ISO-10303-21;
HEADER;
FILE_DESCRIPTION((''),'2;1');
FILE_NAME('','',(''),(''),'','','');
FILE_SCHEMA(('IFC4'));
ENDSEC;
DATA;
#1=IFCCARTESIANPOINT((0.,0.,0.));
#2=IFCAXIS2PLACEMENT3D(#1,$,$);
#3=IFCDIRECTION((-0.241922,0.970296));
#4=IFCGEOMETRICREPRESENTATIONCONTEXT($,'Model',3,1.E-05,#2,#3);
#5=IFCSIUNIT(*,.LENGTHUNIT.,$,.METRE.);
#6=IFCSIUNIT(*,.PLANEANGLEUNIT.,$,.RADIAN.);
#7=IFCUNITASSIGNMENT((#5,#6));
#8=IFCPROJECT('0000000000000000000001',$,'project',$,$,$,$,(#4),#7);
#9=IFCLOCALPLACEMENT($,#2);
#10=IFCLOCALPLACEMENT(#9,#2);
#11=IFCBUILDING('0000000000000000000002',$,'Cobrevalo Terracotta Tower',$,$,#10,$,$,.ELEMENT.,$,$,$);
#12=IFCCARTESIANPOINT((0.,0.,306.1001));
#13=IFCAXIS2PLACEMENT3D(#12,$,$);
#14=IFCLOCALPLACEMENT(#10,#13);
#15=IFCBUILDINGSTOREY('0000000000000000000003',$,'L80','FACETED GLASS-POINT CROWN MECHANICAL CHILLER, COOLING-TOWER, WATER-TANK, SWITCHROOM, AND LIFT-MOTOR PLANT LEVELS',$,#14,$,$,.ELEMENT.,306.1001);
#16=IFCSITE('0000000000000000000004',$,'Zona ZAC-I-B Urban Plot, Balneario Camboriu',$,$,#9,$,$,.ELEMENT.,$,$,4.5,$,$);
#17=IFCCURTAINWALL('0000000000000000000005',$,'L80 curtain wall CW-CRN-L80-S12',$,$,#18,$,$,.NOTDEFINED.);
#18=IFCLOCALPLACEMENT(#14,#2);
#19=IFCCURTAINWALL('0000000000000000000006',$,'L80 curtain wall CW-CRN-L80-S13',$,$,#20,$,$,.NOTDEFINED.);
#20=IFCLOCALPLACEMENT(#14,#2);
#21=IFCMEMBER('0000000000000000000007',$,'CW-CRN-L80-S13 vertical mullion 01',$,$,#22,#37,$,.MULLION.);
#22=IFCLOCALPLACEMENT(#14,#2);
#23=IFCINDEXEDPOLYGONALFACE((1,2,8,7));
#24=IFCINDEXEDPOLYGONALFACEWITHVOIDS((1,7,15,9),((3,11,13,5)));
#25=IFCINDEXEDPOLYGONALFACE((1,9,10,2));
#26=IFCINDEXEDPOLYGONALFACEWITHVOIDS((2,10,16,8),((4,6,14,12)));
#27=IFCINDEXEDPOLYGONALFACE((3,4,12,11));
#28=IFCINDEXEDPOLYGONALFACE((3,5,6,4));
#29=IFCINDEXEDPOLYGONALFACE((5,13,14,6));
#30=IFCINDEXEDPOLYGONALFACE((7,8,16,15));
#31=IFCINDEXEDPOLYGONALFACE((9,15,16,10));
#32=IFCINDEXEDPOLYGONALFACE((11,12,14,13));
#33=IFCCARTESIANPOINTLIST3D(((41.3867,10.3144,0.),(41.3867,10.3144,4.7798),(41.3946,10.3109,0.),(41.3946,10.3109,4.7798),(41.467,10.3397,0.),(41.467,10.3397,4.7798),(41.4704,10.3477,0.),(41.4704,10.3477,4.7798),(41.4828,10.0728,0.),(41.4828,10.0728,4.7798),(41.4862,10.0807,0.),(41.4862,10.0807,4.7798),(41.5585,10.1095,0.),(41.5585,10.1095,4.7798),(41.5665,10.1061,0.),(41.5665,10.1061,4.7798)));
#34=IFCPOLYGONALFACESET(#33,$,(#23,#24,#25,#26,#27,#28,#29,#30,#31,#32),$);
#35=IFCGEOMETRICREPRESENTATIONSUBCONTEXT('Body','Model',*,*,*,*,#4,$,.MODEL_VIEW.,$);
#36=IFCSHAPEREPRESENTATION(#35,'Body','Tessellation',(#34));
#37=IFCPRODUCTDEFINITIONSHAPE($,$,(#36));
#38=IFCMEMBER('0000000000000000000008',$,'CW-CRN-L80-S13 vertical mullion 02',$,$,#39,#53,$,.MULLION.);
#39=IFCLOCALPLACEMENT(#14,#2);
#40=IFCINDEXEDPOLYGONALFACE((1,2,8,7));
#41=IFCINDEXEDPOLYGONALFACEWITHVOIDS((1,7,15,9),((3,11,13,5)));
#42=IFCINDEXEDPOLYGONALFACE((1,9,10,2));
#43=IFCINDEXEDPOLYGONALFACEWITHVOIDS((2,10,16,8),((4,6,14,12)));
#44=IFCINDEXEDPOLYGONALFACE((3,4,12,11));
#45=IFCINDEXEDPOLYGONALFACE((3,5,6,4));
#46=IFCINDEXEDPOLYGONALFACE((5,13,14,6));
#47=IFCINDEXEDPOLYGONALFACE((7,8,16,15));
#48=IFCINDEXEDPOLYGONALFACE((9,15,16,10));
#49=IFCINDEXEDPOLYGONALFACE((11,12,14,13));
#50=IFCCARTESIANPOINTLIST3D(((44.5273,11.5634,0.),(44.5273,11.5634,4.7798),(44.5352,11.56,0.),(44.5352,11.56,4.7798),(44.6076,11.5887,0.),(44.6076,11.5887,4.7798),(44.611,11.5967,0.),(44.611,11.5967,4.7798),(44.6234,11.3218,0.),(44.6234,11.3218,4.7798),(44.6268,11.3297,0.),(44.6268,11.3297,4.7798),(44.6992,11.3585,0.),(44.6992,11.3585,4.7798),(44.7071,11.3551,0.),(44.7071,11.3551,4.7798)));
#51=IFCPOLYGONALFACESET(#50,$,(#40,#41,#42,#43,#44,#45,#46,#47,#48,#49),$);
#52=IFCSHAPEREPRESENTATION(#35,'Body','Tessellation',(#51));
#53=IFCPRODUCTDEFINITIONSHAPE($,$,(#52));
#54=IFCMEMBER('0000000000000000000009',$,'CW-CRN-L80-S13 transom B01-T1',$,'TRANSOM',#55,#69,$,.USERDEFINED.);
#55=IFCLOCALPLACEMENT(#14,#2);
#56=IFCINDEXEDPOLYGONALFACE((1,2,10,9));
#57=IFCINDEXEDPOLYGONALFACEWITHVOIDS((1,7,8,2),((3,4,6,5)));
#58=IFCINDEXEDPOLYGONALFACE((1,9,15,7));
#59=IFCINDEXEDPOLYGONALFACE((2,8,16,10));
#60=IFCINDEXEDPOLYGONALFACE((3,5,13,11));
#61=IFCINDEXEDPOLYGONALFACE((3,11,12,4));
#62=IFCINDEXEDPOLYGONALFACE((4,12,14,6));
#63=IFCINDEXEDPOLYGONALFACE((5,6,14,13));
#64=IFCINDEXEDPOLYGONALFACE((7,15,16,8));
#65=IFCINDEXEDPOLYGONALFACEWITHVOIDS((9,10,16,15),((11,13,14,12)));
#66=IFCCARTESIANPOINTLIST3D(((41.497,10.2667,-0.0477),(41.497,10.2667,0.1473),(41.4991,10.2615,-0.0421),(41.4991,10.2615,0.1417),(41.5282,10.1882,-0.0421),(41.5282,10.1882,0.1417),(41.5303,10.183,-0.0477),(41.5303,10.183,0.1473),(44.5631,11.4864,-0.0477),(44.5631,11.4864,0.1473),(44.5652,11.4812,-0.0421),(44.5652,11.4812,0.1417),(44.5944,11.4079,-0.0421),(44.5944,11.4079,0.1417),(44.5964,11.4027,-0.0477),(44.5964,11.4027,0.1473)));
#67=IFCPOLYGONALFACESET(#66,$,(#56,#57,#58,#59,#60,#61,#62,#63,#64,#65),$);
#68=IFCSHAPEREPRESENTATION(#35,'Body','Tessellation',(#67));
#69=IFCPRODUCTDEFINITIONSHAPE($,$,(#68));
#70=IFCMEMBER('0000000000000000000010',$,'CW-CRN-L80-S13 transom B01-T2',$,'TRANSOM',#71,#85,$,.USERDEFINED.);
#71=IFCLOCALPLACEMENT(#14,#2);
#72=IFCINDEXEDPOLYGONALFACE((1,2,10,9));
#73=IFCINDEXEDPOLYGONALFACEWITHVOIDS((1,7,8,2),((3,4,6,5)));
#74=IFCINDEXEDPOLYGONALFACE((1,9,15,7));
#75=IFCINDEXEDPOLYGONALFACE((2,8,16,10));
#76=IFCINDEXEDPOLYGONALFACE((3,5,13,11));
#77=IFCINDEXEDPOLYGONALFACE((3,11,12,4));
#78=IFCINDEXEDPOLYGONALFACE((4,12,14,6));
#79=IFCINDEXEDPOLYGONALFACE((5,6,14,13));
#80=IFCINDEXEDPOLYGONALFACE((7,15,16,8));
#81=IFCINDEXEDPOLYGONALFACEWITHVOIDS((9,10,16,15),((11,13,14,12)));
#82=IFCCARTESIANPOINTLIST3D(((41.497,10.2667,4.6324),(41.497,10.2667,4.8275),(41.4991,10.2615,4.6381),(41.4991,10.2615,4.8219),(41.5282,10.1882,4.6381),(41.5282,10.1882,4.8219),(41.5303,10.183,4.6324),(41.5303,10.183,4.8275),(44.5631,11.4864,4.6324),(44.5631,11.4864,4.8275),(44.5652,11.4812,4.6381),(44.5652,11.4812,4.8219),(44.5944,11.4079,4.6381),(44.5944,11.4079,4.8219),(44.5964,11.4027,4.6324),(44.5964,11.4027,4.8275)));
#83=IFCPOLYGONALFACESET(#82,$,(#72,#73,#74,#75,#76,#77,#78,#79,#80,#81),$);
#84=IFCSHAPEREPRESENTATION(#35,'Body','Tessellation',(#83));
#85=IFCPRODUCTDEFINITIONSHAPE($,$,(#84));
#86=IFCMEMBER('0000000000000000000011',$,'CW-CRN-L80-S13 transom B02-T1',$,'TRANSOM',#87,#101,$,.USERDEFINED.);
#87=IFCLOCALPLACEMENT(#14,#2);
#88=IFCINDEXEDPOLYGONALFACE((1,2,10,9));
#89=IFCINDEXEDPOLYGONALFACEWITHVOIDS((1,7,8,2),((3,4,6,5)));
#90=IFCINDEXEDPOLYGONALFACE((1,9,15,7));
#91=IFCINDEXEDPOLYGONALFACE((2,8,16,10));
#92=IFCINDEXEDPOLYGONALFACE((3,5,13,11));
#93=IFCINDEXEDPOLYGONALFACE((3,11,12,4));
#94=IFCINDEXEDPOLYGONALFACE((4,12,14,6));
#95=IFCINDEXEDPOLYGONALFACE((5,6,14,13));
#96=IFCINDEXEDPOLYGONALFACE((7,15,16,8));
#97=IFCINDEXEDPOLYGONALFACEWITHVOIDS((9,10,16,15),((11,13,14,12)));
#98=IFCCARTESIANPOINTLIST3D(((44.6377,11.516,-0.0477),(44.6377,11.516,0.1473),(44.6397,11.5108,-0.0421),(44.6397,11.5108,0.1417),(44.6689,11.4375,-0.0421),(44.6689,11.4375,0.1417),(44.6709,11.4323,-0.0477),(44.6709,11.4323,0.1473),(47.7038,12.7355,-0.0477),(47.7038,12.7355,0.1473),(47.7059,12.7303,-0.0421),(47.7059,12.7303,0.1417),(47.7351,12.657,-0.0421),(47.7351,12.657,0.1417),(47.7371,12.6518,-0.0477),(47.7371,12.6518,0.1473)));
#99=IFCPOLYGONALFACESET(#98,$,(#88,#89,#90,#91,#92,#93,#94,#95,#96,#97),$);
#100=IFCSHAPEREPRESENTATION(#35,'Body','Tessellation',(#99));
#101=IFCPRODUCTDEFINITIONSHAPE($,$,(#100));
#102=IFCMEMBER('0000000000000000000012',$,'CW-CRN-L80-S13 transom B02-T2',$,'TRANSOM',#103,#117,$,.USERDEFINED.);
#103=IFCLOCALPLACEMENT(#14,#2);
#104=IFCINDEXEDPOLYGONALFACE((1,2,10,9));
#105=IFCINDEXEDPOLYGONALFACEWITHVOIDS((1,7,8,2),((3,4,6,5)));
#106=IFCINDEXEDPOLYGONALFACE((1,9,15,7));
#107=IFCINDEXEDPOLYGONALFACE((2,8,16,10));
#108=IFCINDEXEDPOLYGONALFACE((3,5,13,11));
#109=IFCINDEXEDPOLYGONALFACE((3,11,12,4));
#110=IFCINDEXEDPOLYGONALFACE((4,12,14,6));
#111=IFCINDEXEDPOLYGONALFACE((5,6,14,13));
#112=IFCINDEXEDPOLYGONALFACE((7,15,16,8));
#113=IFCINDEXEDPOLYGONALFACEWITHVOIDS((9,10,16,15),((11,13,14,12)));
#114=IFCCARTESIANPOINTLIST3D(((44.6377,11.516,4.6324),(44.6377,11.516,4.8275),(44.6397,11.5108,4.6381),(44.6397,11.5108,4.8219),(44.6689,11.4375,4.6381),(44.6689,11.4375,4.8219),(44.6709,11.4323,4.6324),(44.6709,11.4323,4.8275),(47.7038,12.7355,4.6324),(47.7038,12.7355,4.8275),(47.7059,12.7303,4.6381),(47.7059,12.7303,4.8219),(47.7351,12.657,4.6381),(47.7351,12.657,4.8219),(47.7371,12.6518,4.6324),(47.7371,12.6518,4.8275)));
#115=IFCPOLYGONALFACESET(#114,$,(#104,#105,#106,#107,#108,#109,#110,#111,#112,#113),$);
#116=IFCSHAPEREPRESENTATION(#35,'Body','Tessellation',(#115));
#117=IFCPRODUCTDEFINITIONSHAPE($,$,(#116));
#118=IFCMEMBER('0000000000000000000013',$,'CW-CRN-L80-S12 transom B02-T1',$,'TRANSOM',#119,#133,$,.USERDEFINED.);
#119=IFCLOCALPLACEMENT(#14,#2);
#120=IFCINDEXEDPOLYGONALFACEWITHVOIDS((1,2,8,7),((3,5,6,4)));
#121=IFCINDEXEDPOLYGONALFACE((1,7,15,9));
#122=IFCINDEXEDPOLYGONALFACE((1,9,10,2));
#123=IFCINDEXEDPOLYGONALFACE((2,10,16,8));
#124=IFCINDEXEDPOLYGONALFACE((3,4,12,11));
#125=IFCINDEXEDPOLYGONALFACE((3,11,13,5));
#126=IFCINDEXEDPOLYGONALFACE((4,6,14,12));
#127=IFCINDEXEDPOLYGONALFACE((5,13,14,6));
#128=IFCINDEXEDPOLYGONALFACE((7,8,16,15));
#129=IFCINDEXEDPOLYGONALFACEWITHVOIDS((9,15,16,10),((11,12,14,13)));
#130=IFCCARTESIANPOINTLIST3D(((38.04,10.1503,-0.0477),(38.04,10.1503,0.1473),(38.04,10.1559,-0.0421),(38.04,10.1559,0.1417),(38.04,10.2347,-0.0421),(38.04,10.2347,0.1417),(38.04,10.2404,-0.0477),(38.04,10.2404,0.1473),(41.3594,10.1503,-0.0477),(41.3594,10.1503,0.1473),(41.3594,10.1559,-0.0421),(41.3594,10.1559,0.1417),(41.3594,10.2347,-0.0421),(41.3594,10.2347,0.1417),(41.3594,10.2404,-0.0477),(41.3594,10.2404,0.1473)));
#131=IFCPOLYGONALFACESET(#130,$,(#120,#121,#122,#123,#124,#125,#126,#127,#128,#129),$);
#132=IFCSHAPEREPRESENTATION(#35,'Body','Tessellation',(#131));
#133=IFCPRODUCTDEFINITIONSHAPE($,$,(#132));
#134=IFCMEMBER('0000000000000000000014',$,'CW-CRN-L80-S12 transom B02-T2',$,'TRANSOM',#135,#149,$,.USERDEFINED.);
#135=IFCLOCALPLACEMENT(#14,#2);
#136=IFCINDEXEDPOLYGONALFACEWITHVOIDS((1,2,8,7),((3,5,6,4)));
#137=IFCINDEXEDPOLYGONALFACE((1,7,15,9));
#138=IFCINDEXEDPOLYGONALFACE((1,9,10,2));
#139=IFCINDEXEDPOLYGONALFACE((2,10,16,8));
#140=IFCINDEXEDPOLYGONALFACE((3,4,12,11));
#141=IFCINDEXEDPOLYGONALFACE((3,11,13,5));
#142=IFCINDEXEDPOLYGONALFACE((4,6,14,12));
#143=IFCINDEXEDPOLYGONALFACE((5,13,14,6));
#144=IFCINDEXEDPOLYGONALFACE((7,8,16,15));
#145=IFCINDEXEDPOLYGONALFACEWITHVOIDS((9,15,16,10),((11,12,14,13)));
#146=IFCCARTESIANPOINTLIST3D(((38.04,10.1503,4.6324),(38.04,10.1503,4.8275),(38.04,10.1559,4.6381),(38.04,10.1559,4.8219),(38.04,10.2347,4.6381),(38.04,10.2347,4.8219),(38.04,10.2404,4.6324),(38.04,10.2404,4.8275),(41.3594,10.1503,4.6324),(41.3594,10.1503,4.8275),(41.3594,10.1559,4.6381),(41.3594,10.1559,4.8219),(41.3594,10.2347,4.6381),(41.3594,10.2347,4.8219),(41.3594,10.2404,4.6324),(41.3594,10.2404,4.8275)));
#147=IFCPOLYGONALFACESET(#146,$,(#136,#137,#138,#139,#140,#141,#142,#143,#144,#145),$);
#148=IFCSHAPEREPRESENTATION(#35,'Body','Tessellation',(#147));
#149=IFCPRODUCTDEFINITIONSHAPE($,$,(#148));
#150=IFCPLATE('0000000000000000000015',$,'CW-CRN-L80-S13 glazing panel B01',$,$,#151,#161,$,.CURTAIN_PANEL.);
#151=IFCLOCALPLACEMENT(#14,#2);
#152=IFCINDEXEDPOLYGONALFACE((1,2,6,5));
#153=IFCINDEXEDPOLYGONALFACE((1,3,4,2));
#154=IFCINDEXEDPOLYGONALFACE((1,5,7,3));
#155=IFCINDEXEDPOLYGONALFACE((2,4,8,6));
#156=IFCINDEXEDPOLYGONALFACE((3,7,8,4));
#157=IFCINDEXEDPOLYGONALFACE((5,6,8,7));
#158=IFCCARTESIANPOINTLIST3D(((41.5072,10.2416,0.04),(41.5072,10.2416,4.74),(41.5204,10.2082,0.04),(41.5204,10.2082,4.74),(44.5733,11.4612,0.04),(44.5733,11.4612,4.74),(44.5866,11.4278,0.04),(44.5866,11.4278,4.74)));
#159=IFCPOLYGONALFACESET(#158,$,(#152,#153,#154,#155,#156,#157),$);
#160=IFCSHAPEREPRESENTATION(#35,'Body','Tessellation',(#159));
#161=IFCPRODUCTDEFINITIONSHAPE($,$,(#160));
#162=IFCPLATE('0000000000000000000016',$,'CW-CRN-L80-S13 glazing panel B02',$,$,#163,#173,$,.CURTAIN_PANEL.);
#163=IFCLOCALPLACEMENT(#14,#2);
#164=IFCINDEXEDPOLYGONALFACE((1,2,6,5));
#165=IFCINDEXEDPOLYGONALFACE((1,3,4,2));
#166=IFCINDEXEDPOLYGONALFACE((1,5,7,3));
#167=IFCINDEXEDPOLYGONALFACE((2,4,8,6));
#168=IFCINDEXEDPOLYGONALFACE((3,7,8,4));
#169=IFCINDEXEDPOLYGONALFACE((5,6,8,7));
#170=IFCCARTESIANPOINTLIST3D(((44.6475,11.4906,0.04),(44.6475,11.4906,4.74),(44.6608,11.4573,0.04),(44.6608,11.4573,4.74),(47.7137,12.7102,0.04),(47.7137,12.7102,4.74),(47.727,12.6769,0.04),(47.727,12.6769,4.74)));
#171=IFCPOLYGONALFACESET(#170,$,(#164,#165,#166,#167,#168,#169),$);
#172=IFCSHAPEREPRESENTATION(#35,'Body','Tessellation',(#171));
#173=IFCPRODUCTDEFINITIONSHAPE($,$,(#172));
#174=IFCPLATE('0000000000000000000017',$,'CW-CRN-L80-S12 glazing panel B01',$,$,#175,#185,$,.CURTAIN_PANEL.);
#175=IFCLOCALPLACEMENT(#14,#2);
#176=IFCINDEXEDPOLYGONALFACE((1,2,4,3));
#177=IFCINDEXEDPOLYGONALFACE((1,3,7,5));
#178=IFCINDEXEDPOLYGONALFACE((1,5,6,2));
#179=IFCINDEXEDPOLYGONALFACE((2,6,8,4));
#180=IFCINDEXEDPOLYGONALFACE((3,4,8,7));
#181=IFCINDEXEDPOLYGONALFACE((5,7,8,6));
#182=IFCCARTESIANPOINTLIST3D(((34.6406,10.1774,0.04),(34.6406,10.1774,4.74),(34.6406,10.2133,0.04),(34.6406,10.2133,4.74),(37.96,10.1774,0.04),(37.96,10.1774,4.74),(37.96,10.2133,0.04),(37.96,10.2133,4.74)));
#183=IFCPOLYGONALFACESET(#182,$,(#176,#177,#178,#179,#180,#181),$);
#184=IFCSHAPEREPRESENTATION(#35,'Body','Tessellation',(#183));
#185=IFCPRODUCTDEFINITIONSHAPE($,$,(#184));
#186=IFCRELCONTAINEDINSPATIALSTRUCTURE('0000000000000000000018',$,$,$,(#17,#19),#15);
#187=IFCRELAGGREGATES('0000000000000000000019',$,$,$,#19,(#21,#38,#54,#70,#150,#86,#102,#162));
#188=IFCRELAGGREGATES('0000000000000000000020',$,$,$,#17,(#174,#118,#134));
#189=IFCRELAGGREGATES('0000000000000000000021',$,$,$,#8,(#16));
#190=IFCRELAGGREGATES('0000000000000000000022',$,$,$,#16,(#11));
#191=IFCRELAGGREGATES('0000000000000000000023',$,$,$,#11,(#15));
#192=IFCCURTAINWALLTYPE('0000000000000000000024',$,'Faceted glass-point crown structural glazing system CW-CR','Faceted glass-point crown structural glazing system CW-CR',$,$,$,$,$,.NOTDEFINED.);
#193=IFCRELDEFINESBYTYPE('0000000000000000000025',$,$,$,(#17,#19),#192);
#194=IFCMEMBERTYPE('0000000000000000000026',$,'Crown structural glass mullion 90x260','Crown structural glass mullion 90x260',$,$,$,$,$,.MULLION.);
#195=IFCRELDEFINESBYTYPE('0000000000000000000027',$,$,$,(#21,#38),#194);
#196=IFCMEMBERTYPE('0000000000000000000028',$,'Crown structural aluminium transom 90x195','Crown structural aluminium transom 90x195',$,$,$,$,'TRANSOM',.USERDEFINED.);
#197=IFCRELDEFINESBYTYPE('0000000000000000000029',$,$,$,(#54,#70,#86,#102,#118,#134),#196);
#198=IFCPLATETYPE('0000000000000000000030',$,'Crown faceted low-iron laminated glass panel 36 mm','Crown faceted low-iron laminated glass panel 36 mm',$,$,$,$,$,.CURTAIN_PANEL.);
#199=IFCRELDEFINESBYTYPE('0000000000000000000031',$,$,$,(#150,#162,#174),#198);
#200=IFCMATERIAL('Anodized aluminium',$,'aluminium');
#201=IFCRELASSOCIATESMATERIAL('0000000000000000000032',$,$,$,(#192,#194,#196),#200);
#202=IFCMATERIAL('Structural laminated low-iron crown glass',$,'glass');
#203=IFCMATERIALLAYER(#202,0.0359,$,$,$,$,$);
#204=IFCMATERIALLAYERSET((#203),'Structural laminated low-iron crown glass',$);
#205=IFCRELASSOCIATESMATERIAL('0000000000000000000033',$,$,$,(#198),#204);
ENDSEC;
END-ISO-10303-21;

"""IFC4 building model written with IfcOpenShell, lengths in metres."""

from ifc_helpers import new_model, si_unit, direction, frame, origin, origin_2d, place, context, subcontext, project, spatial, rectangle, hollow_rectangle, extrude, source, transform, mapped, material, layer, layer_set, material_profile, profile_set, type_object, element, aggregate, save


model = new_model("IFC4")

# Units and contexts
model_context = context("Model", 3, precision=1e-05, world=origin(), true_north=direction((-0.241922, 0.970296)))
body_context = subcontext(model_context, "Body", "Model", "MODEL_VIEW")
ifc_project = project(units=[si_unit("LENGTHUNIT", "METRE"), si_unit("PLANEANGLEUNIT", "RADIAN")], contexts=[model_context])

# Site, building, storey
site_placement = place(None, origin())
site = spatial("IfcSite", under=ifc_project, at=site_placement, Name="Zona ZAC-I-B Urban Plot, Balneario Camboriu", CompositionType="ELEMENT", RefElevation=4.5)
building_placement = place(site_placement, origin())
building = spatial("IfcBuilding", under=site, at=building_placement, Name="Cobrevalo Terracotta Tower", CompositionType="ELEMENT")
storey_placement = place(building_placement, frame((0.0, 0.0, 306.1001)))
storey = spatial("IfcBuildingStorey", under=building, at=storey_placement, Name="L80", Description="FACETED GLASS-POINT CROWN MECHANICAL CHILLER, COOLING-TOWER, WATER-TANK, SWITCHROOM, AND LIFT-MOTOR PLANT LEVELS", CompositionType="ELEMENT", Elevation=306.1001)

# Curtain walls, members
ifc_material_1 = material(Name="Anodized aluminium", Category="aluminium")
curtain_wall_type = type_object("IfcCurtainWallType", Name="Faceted glass-point crown structural glazing system CW-CR", Description="Faceted glass-point crown structural glazing system CW-CR", PredefinedType="NOTDEFINED", material=ifc_material_1)
curtain_wall_1_placement = place(storey_placement, origin())
curtain_wall_1 = element("IfcCurtainWall", 1, at=curtain_wall_1_placement, inside=storey, type_object=curtain_wall_type, Name="L80 curtain wall CW-CRN-L80-S12", PredefinedType="NOTDEFINED")
ifc_material_profile_1 = material_profile(ifc_material_1, hollow_rectangle(XDim=0.0901, YDim=0.26, WallThickness=0.0061, at=origin_2d()), Name="CWM 90x260")
ifc_profile_set_1 = profile_set([ifc_material_profile_1], Name="Anodized aluminium")
member_type_1 = type_object("IfcMemberType", Name="Crown structural glass mullion 90x260", Description="Crown structural glass mullion 90x260", PredefinedType="MULLION", material=ifc_profile_set_1)
shared_shape_1 = source(origin(), body_context, "Body", "SweptSolid", [
    extrude(hollow_rectangle(XDim=0.0901, YDim=0.26, WallThickness=0.0061, at=origin_2d()), origin(), (0.0, 0.0, 1.0), 4.7798),
])
curtain_wall_2_placement = place(storey_placement, origin())
curtain_wall_2 = element("IfcCurtainWall", 2, at=curtain_wall_2_placement, inside=storey, type_object=curtain_wall_type, Name="L80 curtain wall CW-CRN-L80-S13", PredefinedType="NOTDEFINED")
member_1_placement = place(storey_placement, frame((41.4766, 10.2102, 0.0), z_axis=(0.0, 0.0, 1.0), x_axis=(0.929191, 0.369601, 0.0)))
member_1 = element("IfcMember", 3, at=member_1_placement, type_object=member_type_1, Name="CW-CRN-L80-S13 vertical mullion 01", PredefinedType="MULLION", context=body_context, shape_type="MappedRepresentation", body=[
    mapped(shared_shape_1, transform((0.0, 0.0, 0.0), scale=1.0)),
])
member_2_placement = place(storey_placement, frame((44.6172, 11.4592, 0.0), z_axis=(0.0, 0.0, 1.0), x_axis=(0.929191, 0.369601, 0.0)))
member_2 = element("IfcMember", 4, at=member_2_placement, type_object=member_type_1, Name="CW-CRN-L80-S13 vertical mullion 02", PredefinedType="MULLION", context=body_context, shape_type="MappedRepresentation", body=[
    mapped(shared_shape_1, transform((0.0, 0.0, 0.0), scale=1.0)),
])
ifc_material_profile_2 = material_profile(ifc_material_1, hollow_rectangle(XDim=0.0901, YDim=0.1951, WallThickness=0.0056, at=origin_2d()), Name="CWT 90x195")
ifc_profile_set_2 = profile_set([ifc_material_profile_2], Name="Anodized aluminium")
member_type_2 = type_object("IfcMemberType", Name="Crown structural aluminium transom 90x195", Description="Crown structural aluminium transom 90x195", ElementType="TRANSOM", PredefinedType="USERDEFINED", material=ifc_profile_set_2)
shared_shape_2 = source(origin(), body_context, "Body", "SweptSolid", [
    extrude(hollow_rectangle(XDim=0.0901, YDim=0.1951, WallThickness=0.0056, at=origin_2d()), origin(), (0.0, 0.0, 1.0), 3.2998),
])
member_3_placement = place(storey_placement, frame((41.5137, 10.2249, 0.0498), z_axis=(0.929179, 0.36963, 0.0), x_axis=(-0.36963, 0.929179, 0.0)))
member_3 = element("IfcMember", 5, at=member_3_placement, type_object=member_type_2, Name="CW-CRN-L80-S13 transom B01-T1", ObjectType="TRANSOM", PredefinedType="USERDEFINED", context=body_context, shape_type="MappedRepresentation", body=[
    mapped(shared_shape_2, transform((0.0, 0.0, 0.0), scale=1.0)),
])
member_4_placement = place(storey_placement, frame((41.5137, 10.2249, 4.73), z_axis=(0.929179, 0.36963, 0.0), x_axis=(-0.36963, 0.929179, 0.0)))
member_4 = element("IfcMember", 6, at=member_4_placement, type_object=member_type_2, Name="CW-CRN-L80-S13 transom B01-T2", ObjectType="TRANSOM", PredefinedType="USERDEFINED", context=body_context, shape_type="MappedRepresentation", body=[
    mapped(shared_shape_2, transform((0.0, 0.0, 0.0), scale=1.0)),
])
member_5_placement = place(storey_placement, frame((44.6543, 11.4741, 0.0498), z_axis=(0.929205, 0.369566, 0.0), x_axis=(-0.369566, 0.929205, 0.0)))
member_5 = element("IfcMember", 7, at=member_5_placement, type_object=member_type_2, Name="CW-CRN-L80-S13 transom B02-T1", ObjectType="TRANSOM", PredefinedType="USERDEFINED", context=body_context, shape_type="MappedRepresentation", body=[
    mapped(shared_shape_2, transform((0.0, 0.0, 0.0), scale=1.0)),
])
member_6_placement = place(storey_placement, frame((44.6543, 11.4741, 4.73), z_axis=(0.929205, 0.369566, 0.0), x_axis=(-0.369566, 0.929205, 0.0)))
member_6 = element("IfcMember", 8, at=member_6_placement, type_object=member_type_2, Name="CW-CRN-L80-S13 transom B02-T2", ObjectType="TRANSOM", PredefinedType="USERDEFINED", context=body_context, shape_type="MappedRepresentation", body=[
    mapped(shared_shape_2, transform((0.0, 0.0, 0.0), scale=1.0)),
])

# Members
shared_shape_3 = source(origin(), body_context, "Body", "SweptSolid", [
    extrude(hollow_rectangle(XDim=0.0901, YDim=0.1951, WallThickness=0.0056, at=origin_2d()), origin(), (0.0, 0.0, 1.0), 3.3193),
])
member_7_placement = place(storey_placement, frame((38.04, 10.1953, 0.0498), z_axis=(1.0, 0.0, 0.0), x_axis=(0.0, 1.0, 0.0)))
member_7 = element("IfcMember", 9, at=member_7_placement, type_object=member_type_2, Name="CW-CRN-L80-S12 transom B02-T1", ObjectType="TRANSOM", PredefinedType="USERDEFINED", context=body_context, shape_type="MappedRepresentation", body=[
    mapped(shared_shape_3, transform((0.0, 0.0, 0.0), scale=1.0)),
])
member_8_placement = place(storey_placement, frame((38.04, 10.1953, 4.73), z_axis=(1.0, 0.0, 0.0), x_axis=(0.0, 1.0, 0.0)))
member_8 = element("IfcMember", 10, at=member_8_placement, type_object=member_type_2, Name="CW-CRN-L80-S12 transom B02-T2", ObjectType="TRANSOM", PredefinedType="USERDEFINED", context=body_context, shape_type="MappedRepresentation", body=[
    mapped(shared_shape_3, transform((0.0, 0.0, 0.0), scale=1.0)),
])

# Plates
ifc_material_2 = material(Name="Structural laminated low-iron crown glass", Category="glass")
ifc_layer_1 = layer(ifc_material_2, 0.0359)
ifc_layer_set_1 = layer_set([ifc_layer_1], Name="Structural laminated low-iron crown glass")
plate_type = type_object("IfcPlateType", Name="Crown faceted low-iron laminated glass panel 36 mm", Description="Crown faceted low-iron laminated glass panel 36 mm", PredefinedType="CURTAIN_PANEL", material=ifc_layer_set_1)
shared_shape_4 = source(origin(), body_context, "Body", "SweptSolid", [
    extrude(rectangle(XDim=3.2998, YDim=0.0359, at=origin_2d()), origin(), (0.0, 0.0, 1.0), 4.7),
])
plate_1_placement = place(storey_placement, frame((43.0469, 10.8347, 0.04), z_axis=(0.0, 0.0, 1.0), x_axis=(0.929191, 0.369601, 0.0)))
plate_1 = element("IfcPlate", 11, at=plate_1_placement, type_object=plate_type, Name="CW-CRN-L80-S13 glazing panel B01", PredefinedType="CURTAIN_PANEL", context=body_context, shape_type="MappedRepresentation", body=[
    mapped(shared_shape_4, transform((0.0, 0.0, 0.0), scale=1.0)),
])
plate_2_placement = place(storey_placement, frame((46.1873, 12.0837, 0.04), z_axis=(0.0, 0.0, 1.0), x_axis=(0.929191, 0.369601, 0.0)))
plate_2 = element("IfcPlate", 12, at=plate_2_placement, type_object=plate_type, Name="CW-CRN-L80-S13 glazing panel B02", PredefinedType="CURTAIN_PANEL", context=body_context, shape_type="MappedRepresentation", body=[
    mapped(shared_shape_4, transform((0.0, 0.0, 0.0), scale=1.0)),
])
aggregate(curtain_wall_2, [member_1, member_2, member_3, member_4, plate_1, member_5, member_6, plate_2])
shared_shape_5 = source(origin(), body_context, "Body", "SweptSolid", [
    extrude(rectangle(XDim=3.3193, YDim=0.0359, at=origin_2d()), origin(), (0.0, 0.0, 1.0), 4.7),
])
plate_3_placement = place(storey_placement, frame((36.3003, 10.1953, 0.04), z_axis=(0.0, 0.0, 1.0), x_axis=(1.0, 0.0, 0.0)))
plate_3 = element("IfcPlate", 13, at=plate_3_placement, type_object=plate_type, Name="CW-CRN-L80-S12 glazing panel B01", PredefinedType="CURTAIN_PANEL", context=body_context, shape_type="MappedRepresentation", body=[
    mapped(shared_shape_5, transform((0.0, 0.0, 0.0), scale=1.0)),
])
aggregate(curtain_wall_1, [plate_3, member_7, member_8])

save(model, "model.ifc")
